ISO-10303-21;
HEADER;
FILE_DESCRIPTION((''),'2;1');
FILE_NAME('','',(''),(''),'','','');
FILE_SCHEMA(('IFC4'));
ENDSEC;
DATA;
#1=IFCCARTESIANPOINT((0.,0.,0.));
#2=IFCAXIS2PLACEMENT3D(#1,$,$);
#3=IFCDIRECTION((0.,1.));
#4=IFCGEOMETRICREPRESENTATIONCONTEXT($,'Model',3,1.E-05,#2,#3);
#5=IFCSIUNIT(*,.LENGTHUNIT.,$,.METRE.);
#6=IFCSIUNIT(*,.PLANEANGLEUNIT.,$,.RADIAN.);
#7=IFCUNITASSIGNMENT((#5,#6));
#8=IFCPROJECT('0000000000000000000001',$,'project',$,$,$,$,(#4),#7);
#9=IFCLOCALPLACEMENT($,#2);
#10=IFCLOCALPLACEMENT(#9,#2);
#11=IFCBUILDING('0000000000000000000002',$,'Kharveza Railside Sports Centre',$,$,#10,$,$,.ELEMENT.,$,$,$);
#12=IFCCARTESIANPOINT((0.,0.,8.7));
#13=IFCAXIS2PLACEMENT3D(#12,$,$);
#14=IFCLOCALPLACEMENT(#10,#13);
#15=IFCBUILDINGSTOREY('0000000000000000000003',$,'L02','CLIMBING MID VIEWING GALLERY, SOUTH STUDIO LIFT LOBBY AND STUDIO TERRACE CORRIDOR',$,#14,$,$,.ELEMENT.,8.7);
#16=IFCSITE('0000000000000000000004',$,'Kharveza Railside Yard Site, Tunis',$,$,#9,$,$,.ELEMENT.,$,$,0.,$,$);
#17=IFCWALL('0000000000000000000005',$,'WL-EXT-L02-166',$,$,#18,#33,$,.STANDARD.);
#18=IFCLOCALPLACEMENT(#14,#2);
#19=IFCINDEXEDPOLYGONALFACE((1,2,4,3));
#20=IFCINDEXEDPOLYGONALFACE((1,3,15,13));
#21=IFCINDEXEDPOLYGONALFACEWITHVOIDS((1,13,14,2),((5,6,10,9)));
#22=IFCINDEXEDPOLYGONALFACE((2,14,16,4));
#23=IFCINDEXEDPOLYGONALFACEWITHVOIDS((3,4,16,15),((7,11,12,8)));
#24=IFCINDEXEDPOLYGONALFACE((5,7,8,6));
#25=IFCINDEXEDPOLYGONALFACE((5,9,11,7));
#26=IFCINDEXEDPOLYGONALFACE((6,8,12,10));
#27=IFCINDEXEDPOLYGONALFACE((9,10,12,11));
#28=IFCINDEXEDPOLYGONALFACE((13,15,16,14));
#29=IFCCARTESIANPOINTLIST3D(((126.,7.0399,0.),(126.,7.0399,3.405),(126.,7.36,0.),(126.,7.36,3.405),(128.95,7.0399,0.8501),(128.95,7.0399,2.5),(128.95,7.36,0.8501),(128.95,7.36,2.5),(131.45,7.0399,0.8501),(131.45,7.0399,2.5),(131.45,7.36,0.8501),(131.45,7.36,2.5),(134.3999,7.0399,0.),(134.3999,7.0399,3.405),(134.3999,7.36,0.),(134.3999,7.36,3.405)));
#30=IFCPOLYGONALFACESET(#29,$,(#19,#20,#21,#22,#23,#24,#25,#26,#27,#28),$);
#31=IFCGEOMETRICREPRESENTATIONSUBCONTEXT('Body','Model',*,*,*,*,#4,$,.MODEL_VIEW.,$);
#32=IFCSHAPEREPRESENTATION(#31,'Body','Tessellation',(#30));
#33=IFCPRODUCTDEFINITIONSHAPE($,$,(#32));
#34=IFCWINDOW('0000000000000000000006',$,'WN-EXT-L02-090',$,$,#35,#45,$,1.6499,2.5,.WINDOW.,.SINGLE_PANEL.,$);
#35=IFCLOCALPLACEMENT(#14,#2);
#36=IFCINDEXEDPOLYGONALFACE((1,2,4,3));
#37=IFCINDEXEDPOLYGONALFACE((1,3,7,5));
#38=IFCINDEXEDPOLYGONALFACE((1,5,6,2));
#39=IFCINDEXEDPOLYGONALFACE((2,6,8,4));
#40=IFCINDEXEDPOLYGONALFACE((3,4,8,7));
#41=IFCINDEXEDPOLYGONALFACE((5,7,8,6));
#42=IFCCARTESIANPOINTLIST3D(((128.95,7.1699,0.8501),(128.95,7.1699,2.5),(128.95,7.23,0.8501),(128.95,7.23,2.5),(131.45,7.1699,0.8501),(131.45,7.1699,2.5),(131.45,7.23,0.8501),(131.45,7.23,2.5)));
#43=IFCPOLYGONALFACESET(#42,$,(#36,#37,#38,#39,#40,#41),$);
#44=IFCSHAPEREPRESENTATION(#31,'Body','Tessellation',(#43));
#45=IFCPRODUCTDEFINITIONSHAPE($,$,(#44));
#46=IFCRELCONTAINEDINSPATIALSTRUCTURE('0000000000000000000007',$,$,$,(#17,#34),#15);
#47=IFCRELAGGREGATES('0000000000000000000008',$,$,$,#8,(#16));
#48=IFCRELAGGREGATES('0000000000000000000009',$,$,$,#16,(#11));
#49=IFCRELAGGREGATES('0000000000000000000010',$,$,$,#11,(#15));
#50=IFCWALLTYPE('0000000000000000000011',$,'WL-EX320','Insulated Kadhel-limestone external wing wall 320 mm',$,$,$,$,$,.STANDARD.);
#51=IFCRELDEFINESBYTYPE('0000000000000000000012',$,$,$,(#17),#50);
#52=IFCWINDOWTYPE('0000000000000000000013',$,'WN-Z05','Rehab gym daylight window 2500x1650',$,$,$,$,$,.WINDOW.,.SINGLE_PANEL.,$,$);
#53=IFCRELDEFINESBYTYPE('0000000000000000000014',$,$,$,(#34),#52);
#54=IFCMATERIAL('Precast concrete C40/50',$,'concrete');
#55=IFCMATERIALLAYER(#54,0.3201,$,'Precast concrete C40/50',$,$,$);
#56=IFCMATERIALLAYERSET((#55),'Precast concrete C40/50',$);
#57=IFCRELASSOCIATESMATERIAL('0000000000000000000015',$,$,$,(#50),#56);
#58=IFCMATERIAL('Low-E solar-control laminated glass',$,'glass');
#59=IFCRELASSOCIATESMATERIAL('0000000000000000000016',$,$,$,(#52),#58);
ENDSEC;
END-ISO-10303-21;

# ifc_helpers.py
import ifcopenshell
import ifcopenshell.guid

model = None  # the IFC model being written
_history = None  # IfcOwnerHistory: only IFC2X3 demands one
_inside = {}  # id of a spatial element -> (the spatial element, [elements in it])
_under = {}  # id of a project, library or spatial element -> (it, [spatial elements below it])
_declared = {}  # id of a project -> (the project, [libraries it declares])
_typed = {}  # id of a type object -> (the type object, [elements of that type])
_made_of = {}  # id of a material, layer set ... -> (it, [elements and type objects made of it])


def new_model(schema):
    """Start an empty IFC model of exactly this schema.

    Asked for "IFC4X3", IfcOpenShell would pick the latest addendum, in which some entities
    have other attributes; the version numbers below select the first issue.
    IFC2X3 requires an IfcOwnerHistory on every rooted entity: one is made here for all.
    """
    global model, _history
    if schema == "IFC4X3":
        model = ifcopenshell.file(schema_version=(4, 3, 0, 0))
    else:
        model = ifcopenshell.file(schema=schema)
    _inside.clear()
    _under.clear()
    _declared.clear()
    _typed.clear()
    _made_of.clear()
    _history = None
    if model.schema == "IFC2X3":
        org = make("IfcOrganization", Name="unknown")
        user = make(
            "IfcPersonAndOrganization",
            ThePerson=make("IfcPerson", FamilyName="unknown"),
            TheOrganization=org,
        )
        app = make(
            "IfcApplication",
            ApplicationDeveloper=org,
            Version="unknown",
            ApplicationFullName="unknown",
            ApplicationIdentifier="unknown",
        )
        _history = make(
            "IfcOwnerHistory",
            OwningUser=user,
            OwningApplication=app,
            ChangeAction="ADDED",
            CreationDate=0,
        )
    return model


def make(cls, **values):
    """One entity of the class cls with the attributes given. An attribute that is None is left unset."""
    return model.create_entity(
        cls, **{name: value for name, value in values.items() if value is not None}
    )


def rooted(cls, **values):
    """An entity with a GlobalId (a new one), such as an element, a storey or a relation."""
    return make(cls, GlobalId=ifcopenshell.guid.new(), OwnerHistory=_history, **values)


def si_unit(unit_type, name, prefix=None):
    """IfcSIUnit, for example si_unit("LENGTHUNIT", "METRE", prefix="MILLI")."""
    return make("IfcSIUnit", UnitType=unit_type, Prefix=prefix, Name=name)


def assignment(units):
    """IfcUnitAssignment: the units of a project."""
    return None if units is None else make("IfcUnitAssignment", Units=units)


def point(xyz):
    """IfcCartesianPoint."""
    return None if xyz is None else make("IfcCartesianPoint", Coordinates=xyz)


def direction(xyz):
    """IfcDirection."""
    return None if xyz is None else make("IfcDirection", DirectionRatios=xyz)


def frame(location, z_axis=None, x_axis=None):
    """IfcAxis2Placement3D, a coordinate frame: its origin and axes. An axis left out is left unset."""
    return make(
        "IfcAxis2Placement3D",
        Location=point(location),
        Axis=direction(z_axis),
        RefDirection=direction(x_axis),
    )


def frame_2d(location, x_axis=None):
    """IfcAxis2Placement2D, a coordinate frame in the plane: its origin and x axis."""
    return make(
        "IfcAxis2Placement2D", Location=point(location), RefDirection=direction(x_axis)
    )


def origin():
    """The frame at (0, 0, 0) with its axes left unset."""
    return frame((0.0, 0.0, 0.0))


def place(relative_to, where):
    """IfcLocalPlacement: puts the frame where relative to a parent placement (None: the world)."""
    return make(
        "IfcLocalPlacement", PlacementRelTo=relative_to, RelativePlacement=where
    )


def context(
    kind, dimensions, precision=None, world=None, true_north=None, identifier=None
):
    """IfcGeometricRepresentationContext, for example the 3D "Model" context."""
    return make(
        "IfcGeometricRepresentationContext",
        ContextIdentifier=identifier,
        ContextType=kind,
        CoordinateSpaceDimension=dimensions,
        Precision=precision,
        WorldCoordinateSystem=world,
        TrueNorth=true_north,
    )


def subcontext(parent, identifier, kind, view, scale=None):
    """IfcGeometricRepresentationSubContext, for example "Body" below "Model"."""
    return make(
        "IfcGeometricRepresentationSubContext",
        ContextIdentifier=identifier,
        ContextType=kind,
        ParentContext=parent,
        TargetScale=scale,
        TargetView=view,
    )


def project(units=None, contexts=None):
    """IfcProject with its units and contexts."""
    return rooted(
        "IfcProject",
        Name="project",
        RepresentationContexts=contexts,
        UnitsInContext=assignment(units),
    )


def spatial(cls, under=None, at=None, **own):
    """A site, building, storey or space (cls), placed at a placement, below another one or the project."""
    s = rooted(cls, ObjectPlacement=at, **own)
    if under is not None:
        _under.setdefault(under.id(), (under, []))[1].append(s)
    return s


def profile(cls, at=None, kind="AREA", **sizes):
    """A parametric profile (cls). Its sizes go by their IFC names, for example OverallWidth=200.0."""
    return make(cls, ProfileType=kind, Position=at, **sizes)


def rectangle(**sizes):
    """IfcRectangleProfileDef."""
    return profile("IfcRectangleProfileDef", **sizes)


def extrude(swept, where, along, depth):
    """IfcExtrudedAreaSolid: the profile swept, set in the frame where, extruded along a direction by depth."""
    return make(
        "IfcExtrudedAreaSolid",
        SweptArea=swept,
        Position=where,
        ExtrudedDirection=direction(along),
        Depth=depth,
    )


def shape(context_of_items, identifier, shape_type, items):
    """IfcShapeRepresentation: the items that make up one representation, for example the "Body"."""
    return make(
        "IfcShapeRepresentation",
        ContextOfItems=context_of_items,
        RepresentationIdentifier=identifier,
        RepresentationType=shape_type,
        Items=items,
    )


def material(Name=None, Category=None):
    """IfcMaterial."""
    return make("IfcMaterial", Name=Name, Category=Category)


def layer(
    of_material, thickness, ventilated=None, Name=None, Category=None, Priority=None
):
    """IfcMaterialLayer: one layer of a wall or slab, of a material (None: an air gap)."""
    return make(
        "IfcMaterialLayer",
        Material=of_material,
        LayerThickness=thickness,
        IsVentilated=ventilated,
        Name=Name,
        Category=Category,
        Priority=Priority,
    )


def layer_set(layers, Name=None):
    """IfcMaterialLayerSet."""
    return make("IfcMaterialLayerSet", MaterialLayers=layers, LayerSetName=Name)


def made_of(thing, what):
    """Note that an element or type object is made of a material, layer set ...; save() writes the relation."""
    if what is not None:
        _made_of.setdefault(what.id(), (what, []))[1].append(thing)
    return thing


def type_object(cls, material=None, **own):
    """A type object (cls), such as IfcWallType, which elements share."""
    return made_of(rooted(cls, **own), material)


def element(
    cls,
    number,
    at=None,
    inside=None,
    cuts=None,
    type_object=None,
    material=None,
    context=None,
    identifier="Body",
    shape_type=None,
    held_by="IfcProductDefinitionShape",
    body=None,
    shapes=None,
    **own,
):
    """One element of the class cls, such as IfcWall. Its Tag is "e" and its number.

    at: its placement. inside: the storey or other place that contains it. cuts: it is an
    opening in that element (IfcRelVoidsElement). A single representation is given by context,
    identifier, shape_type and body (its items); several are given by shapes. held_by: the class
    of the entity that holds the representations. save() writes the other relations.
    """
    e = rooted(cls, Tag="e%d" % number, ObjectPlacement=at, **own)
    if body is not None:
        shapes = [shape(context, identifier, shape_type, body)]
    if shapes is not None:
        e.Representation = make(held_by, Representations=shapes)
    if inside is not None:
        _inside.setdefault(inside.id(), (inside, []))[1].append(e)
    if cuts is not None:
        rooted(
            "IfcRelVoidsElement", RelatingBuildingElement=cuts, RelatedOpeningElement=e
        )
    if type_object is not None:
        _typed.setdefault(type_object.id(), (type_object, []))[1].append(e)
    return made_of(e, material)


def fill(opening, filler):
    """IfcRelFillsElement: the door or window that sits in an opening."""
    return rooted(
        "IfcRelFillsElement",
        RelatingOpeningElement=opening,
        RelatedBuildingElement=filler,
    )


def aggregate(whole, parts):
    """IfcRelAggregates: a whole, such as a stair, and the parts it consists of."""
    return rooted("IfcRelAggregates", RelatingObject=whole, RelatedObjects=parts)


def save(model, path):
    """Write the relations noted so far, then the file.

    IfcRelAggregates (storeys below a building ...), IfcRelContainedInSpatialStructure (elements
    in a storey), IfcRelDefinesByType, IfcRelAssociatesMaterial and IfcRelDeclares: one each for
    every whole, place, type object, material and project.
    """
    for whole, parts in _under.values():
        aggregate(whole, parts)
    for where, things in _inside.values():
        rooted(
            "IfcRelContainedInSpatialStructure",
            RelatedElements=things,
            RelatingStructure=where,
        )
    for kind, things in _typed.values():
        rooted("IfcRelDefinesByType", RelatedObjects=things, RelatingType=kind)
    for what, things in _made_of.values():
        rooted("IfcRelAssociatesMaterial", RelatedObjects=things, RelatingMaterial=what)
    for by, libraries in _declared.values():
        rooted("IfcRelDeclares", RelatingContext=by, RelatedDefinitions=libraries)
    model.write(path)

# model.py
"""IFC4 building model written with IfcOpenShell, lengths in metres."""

from ifc_helpers import new_model, si_unit, direction, frame, frame_2d, origin, place, context, subcontext, project, spatial, rectangle, extrude, material, layer, layer_set, type_object, element, fill, save


model = new_model("IFC4")

# Units and contexts
model_context = context("Model", 3, precision=1e-05, world=origin(), true_north=direction((0.0, 1.0)))
body_context = subcontext(model_context, "Body", "Model", "MODEL_VIEW")
ifc_project = project(units=[si_unit("LENGTHUNIT", "METRE"), si_unit("PLANEANGLEUNIT", "RADIAN")], contexts=[model_context])

# Site, building, storey
site_placement = place(None, origin())
site = spatial("IfcSite", under=ifc_project, at=site_placement, Name="Kharveza Railside Yard Site, Tunis", CompositionType="ELEMENT", RefElevation=0.0)
building_placement = place(site_placement, origin())
building = spatial("IfcBuilding", under=site, at=building_placement, Name="Kharveza Railside Sports Centre", CompositionType="ELEMENT")
storey_placement = place(building_placement, frame((0.0, 0.0, 8.7)))
storey = spatial("IfcBuildingStorey", under=building, at=storey_placement, Name="L02", Description="CLIMBING MID VIEWING GALLERY, SOUTH STUDIO LIFT LOBBY AND STUDIO TERRACE CORRIDOR", CompositionType="ELEMENT", Elevation=8.7)

# Shared definitions
ifc_material_1 = material(Name="Precast concrete C40/50", Category="concrete")
ifc_layer_1 = layer(ifc_material_1, 0.3201, Name="Precast concrete C40/50")
ifc_layer_set_1 = layer_set([ifc_layer_1], Name="Precast concrete C40/50")
wall_type = type_object("IfcWallType", Name="WL-EX320", Description="Insulated Kadhel-limestone external wing wall 320 mm", PredefinedType="STANDARD", material=ifc_layer_set_1)

# Wall, opening, window
ifc_material_2 = material(Name="Low-E solar-control laminated glass", Category="glass")
wall_1_placement = place(storey_placement, frame((126.0, 7.2, 0.0), z_axis=(0.0, 0.0, 1.0), x_axis=(1.0, 0.0, 0.0)))
wall_1 = element("IfcWall", 1, at=wall_1_placement, inside=storey, type_object=wall_type, Name="WL-EXT-L02-166", PredefinedType="STANDARD", context=body_context, shape_type="SweptSolid", body=[
    extrude(rectangle(XDim=8.3999, YDim=0.3201, at=frame_2d((4.2, 0.0))), origin(), (0.0, 0.0, 1.0), 3.405),
])
opening_1_placement = place(wall_1_placement, frame((2.95, 0.0, 0.8501)))
opening_1 = element("IfcOpeningElement", 2, at=opening_1_placement, cuts=wall_1, PredefinedType="OPENING", context=body_context, shape_type="SweptSolid", body=[
    extrude(rectangle(XDim=2.5, YDim=1.6499, at=frame_2d((1.25, 0.825))), frame((0.0, 0.1851, 0.0), z_axis=(0.0, -1.0, 0.0), x_axis=(1.0, 0.0, 0.0)), (0.0, 0.0, 1.0), 0.3699),
])
window_type_1 = type_object("IfcWindowType", Name="WN-Z05", Description="Rehab gym daylight window 2500x1650", PartitioningType="SINGLE_PANEL", PredefinedType="WINDOW", material=ifc_material_2)
window_1_placement = place(opening_1_placement, origin())
window_1 = element("IfcWindow", 3, at=window_1_placement, inside=storey, type_object=window_type_1, Name="WN-EXT-L02-090", OverallHeight=1.6499, OverallWidth=2.5, PartitioningType="SINGLE_PANEL", PredefinedType="WINDOW", context=body_context, shape_type="SweptSolid", body=[
    extrude(rectangle(XDim=2.5, YDim=1.6499, at=frame_2d((1.25, 0.825))), frame((0.0, 0.03, 0.0), z_axis=(0.0, -1.0, 0.0), x_axis=(1.0, 0.0, 0.0)), (0.0, 0.0, 1.0), 0.0601),
])
fill(opening_1, window_1)

save(model, "model.ifc")
